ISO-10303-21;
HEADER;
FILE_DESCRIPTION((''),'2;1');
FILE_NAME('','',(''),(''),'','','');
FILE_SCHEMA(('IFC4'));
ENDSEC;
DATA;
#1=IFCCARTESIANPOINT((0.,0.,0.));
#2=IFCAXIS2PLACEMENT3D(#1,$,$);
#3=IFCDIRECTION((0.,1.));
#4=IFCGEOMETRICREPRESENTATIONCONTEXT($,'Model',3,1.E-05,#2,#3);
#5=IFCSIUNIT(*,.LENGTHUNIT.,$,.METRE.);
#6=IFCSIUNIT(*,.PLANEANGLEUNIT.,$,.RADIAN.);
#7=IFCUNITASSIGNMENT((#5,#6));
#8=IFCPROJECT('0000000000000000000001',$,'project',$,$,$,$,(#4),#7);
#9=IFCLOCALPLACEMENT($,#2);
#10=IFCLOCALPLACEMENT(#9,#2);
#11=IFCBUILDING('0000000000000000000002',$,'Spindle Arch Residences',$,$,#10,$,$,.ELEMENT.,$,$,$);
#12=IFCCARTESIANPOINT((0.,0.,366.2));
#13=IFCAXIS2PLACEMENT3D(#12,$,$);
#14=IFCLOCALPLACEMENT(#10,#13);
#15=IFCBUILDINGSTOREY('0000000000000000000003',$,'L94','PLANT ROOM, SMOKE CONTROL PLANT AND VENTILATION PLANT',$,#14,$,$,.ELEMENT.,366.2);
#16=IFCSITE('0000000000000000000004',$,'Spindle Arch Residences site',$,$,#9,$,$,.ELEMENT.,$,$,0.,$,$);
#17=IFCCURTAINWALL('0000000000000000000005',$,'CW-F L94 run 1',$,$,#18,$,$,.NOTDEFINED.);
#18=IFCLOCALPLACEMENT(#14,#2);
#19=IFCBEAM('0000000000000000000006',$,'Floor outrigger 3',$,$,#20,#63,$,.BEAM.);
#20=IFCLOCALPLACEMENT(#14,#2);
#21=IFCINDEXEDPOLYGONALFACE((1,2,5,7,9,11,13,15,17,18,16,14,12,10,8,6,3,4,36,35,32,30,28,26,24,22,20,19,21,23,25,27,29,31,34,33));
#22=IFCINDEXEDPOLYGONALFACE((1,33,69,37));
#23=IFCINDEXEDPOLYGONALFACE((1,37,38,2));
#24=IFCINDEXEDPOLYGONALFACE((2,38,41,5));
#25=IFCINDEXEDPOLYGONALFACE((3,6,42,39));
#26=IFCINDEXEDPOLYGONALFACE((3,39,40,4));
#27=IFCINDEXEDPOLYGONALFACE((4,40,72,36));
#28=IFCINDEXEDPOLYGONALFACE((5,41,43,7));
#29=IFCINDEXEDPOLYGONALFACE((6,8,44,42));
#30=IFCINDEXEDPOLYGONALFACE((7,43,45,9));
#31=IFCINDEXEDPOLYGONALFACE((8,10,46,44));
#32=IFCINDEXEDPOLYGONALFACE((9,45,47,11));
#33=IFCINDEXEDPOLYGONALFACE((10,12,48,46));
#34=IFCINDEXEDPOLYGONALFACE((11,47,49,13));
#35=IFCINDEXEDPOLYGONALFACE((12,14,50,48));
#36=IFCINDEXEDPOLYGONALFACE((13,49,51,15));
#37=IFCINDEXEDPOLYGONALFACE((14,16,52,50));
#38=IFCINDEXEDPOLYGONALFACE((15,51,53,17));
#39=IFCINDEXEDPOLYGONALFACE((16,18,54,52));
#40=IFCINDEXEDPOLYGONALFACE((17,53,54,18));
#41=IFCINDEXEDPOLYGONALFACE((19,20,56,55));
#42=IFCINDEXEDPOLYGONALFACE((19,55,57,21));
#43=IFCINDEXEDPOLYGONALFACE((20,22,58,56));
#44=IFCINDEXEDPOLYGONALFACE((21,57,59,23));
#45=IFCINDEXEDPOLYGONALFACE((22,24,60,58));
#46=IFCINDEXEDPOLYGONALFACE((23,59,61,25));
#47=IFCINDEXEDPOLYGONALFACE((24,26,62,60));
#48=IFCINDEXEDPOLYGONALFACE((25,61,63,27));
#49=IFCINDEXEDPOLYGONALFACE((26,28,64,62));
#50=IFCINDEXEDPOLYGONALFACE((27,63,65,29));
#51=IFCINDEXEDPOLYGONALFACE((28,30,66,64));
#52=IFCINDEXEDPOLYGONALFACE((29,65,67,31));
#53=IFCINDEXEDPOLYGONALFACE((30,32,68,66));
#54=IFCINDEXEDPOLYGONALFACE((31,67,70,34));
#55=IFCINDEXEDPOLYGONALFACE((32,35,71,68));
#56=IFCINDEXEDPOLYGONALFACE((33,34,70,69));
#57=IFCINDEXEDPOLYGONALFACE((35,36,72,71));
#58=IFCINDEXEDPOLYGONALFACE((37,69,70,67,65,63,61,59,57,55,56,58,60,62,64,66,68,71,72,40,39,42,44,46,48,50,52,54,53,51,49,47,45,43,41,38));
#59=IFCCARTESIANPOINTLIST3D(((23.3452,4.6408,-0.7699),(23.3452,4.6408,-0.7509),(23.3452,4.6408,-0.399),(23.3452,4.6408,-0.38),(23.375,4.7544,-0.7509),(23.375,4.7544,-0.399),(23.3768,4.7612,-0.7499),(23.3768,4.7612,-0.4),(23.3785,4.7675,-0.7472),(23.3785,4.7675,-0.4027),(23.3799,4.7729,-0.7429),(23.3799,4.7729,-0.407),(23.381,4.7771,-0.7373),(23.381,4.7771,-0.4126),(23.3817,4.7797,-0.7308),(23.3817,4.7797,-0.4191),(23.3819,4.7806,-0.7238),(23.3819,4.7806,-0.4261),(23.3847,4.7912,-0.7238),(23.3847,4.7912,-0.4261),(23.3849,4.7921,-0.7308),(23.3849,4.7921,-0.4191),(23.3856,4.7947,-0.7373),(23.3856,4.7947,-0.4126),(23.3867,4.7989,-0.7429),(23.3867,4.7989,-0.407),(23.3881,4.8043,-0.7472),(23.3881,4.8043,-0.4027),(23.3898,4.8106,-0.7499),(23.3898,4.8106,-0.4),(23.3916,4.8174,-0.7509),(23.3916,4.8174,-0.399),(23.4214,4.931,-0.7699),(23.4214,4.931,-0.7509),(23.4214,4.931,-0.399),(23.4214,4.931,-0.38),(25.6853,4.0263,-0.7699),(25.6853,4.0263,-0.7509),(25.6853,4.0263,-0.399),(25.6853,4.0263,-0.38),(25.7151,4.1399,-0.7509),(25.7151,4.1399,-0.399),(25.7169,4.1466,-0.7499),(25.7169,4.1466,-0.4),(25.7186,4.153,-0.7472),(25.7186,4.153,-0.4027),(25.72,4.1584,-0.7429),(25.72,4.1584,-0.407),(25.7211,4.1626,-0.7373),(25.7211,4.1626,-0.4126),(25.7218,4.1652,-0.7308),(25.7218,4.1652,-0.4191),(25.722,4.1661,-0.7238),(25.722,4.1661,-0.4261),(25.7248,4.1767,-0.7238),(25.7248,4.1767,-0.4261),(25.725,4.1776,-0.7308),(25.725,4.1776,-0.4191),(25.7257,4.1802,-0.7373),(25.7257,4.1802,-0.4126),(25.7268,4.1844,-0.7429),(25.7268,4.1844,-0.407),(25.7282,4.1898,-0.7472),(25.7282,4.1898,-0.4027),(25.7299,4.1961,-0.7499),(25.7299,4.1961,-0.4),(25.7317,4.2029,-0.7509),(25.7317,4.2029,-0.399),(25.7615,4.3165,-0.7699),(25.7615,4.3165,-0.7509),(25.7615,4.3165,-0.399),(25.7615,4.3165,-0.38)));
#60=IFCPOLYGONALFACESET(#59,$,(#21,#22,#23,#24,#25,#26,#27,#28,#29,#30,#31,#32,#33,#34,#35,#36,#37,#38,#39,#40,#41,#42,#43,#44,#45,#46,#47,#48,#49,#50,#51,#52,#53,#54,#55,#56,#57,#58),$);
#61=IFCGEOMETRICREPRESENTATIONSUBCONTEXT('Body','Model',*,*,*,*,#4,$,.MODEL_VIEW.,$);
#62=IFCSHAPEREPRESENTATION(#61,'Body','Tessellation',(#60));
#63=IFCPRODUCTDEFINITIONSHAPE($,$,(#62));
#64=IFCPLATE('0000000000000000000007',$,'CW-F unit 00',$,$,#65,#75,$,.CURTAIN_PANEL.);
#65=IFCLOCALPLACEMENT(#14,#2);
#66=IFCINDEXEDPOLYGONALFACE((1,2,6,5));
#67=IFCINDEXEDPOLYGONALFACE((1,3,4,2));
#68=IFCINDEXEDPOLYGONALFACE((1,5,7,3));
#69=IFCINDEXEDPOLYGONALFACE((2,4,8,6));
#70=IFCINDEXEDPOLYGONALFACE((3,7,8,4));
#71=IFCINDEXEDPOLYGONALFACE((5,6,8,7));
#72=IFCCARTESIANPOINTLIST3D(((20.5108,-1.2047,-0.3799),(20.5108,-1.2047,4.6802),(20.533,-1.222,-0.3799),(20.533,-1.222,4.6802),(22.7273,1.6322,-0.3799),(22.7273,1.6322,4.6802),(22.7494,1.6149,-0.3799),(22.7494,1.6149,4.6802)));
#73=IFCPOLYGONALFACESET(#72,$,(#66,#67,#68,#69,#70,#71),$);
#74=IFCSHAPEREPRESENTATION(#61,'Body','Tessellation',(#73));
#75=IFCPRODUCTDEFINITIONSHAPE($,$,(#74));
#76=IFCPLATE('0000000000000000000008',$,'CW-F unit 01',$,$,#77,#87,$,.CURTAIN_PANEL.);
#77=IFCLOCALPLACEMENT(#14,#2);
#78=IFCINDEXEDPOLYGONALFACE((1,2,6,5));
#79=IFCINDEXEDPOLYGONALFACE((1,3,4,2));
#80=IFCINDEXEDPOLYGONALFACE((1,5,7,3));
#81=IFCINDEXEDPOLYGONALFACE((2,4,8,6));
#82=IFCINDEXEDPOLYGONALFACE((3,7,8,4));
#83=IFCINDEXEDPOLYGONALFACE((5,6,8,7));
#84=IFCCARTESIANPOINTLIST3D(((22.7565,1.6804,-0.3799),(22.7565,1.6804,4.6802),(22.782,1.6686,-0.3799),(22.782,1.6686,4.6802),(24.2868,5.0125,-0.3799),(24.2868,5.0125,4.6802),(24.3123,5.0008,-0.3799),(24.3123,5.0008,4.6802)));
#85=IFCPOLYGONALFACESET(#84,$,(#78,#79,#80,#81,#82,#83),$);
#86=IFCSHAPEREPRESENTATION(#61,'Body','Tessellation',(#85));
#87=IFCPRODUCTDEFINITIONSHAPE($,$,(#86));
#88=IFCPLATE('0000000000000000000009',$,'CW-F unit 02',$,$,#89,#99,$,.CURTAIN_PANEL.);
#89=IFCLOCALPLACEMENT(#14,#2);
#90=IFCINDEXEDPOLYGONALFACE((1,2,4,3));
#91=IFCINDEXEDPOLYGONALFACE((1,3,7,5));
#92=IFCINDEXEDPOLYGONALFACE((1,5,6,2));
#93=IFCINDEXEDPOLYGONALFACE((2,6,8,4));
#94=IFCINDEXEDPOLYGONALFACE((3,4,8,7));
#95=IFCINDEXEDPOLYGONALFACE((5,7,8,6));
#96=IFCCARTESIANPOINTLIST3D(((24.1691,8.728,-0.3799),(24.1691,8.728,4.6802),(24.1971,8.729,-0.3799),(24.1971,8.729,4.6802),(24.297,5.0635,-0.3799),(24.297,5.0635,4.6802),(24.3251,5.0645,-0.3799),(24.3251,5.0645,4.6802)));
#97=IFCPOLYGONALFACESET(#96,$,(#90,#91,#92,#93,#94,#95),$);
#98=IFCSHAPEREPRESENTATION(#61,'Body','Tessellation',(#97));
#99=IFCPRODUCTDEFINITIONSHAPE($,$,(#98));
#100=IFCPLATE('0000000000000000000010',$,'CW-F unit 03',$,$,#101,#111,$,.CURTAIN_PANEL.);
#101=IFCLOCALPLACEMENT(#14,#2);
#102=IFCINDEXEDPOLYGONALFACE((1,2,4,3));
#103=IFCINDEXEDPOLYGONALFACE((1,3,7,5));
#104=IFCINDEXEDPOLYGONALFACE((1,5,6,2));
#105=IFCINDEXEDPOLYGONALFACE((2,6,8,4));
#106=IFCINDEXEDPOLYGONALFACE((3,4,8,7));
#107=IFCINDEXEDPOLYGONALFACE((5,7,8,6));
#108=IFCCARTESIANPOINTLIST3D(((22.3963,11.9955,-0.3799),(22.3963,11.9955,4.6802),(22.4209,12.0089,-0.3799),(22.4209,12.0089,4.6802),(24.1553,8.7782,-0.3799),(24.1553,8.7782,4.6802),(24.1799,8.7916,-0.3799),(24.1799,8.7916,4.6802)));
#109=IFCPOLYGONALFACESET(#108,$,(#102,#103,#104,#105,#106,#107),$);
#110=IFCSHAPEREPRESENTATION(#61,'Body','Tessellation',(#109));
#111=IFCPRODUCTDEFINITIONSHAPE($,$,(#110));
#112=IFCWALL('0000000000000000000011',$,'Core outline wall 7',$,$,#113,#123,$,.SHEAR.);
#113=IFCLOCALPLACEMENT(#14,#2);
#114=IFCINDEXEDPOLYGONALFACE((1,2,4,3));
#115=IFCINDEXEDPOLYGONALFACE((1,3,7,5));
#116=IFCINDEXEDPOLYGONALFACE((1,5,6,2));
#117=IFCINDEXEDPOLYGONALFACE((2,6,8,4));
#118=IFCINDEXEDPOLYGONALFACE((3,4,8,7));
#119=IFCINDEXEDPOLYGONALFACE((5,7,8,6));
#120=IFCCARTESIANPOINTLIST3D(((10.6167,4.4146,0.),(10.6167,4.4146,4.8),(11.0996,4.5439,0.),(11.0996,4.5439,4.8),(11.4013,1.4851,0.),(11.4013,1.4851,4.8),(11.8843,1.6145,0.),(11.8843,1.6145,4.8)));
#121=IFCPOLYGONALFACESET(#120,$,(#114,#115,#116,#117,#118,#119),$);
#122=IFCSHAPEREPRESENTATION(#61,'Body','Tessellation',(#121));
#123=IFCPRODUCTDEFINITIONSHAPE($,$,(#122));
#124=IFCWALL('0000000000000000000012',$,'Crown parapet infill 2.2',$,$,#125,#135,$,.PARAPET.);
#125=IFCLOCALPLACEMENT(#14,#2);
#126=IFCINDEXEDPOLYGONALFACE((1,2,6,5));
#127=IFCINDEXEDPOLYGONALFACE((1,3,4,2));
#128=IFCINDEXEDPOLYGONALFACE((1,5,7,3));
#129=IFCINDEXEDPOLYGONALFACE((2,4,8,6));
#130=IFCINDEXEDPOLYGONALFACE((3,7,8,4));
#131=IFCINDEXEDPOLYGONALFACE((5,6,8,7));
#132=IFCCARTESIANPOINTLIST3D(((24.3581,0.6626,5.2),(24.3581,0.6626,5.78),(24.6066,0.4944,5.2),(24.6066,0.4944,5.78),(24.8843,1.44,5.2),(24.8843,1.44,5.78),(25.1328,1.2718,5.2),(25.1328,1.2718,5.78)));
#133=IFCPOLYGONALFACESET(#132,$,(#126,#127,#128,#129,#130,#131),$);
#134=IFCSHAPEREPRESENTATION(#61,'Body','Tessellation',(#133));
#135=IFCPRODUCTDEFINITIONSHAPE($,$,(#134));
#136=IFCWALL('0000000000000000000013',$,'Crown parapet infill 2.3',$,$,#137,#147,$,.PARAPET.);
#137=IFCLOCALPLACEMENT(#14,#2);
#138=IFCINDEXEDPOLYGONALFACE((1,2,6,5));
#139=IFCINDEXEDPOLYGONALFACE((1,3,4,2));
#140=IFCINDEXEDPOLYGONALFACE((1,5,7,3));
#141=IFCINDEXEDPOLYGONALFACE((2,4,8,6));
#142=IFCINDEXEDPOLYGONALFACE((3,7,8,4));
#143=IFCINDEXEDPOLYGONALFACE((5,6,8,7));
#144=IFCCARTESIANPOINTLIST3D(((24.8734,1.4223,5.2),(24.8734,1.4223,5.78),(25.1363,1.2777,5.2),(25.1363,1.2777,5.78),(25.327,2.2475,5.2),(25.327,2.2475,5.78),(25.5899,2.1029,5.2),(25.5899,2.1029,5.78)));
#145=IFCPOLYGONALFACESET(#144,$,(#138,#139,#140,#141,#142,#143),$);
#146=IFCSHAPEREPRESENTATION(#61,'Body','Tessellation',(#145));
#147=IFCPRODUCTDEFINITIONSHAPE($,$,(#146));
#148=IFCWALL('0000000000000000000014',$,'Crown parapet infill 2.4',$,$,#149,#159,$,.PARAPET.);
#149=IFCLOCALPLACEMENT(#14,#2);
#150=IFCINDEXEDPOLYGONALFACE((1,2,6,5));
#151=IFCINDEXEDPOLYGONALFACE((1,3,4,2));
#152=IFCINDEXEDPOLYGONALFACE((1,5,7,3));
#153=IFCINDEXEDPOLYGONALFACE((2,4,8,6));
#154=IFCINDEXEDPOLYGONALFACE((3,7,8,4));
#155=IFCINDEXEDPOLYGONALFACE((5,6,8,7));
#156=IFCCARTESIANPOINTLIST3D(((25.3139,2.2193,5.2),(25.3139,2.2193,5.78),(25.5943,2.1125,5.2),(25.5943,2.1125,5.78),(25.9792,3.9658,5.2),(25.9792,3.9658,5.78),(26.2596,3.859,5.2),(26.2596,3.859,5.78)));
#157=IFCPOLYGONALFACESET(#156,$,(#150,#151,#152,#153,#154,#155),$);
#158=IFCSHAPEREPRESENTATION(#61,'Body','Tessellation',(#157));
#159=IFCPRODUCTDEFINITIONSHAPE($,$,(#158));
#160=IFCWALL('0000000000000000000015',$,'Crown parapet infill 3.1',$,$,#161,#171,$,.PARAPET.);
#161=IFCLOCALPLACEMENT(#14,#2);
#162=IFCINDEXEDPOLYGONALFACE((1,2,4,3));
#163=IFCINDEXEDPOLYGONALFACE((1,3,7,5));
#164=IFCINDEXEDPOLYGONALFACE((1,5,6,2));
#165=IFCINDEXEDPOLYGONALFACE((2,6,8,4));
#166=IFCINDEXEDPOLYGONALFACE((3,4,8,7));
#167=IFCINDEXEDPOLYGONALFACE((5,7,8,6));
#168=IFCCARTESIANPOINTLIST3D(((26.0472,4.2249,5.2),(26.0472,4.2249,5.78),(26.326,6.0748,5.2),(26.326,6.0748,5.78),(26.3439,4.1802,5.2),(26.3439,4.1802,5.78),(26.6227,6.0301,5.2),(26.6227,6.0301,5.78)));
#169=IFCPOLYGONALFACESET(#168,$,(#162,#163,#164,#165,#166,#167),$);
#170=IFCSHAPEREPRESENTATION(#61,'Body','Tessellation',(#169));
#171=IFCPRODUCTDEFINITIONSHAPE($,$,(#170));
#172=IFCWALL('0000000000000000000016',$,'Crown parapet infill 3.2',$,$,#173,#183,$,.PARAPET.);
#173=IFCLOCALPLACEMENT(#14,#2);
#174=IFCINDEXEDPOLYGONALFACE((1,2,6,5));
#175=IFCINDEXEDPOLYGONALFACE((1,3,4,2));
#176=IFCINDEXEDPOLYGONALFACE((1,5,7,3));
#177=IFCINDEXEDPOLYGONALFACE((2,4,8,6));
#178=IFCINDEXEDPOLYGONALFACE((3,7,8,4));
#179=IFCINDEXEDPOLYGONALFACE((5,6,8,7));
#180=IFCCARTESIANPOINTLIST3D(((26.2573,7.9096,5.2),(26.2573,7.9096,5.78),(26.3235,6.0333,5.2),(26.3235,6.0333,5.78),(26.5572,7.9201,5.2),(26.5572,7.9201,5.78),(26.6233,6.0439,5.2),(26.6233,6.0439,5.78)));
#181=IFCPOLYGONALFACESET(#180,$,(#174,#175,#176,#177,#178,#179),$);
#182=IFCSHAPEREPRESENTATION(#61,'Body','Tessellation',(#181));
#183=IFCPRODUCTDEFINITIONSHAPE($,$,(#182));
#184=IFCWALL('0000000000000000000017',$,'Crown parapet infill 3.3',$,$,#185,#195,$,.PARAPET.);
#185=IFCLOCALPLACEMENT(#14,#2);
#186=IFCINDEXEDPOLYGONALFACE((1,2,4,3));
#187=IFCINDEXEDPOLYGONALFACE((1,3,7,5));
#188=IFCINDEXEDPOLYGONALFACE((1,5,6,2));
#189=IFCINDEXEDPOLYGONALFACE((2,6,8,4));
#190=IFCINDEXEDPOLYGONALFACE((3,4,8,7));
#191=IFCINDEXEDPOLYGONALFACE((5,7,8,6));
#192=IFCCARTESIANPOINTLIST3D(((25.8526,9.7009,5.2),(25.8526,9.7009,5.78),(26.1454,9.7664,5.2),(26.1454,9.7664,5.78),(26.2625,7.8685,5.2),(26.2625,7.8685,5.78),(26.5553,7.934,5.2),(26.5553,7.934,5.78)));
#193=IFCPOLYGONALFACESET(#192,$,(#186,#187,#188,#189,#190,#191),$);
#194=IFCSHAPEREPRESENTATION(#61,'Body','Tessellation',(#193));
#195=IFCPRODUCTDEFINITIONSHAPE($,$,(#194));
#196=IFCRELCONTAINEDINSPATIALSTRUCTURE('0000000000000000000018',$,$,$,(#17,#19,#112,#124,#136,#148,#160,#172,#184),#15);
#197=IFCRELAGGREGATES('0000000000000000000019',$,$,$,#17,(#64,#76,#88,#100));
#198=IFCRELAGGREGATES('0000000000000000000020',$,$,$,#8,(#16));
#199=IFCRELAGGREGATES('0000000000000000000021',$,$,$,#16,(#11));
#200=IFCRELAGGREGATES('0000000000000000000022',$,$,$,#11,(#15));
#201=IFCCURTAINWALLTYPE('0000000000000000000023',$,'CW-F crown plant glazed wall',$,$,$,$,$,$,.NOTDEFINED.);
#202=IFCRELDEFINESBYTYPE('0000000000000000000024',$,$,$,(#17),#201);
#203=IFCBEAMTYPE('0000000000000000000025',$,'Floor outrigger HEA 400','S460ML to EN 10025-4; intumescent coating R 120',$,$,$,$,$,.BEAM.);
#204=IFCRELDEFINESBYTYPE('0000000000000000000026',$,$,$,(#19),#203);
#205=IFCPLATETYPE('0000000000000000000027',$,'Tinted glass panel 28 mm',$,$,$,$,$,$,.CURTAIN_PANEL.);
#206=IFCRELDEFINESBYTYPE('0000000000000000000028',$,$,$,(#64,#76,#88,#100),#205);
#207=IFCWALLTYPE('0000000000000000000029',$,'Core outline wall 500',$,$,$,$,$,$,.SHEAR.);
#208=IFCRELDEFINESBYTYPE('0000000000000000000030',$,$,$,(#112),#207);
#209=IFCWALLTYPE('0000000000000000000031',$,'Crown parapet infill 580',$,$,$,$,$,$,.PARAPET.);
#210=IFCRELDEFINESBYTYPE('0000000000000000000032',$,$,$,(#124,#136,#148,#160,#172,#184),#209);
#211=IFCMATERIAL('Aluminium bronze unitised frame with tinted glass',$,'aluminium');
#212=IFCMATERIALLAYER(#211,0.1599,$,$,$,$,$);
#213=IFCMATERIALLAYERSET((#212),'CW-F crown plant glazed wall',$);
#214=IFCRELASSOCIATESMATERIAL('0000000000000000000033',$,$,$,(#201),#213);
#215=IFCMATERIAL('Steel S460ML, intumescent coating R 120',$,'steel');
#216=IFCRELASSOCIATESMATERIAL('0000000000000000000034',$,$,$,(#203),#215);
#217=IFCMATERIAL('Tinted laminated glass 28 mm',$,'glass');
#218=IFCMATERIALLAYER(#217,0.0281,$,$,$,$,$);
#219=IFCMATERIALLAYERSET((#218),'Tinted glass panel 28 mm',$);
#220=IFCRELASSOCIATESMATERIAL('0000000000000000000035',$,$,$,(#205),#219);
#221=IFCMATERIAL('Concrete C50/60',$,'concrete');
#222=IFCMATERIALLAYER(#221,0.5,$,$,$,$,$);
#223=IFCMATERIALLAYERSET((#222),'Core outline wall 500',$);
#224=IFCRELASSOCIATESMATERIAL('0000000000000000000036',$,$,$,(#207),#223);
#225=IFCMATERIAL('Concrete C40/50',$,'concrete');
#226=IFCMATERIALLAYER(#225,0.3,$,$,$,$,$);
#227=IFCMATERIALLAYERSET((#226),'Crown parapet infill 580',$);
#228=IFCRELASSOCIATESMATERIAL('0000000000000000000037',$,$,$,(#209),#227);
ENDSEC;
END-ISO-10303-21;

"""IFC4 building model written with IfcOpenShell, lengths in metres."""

from ifc_helpers import new_model, si_unit, direction, frame, frame_2d, origin, origin_2d, place, context, subcontext, project, spatial, rectangle, i_section, extrude, material, layer, layer_set, material_profile, profile_set, type_object, element, aggregate, save


model = new_model("IFC4")

# Units and contexts
model_context = context("Model", 3, precision=1e-05, world=origin(), true_north=direction((0.0, 1.0)))
body_context = subcontext(model_context, "Body", "Model", "MODEL_VIEW")
ifc_project = project(units=[si_unit("LENGTHUNIT", "METRE"), si_unit("PLANEANGLEUNIT", "RADIAN")], contexts=[model_context])

# Site, building, storey
site_placement = place(None, origin())
site = spatial("IfcSite", under=ifc_project, at=site_placement, Name="Spindle Arch Residences site", CompositionType="ELEMENT", RefElevation=0.0)
building_placement = place(site_placement, origin())
building = spatial("IfcBuilding", under=site, at=building_placement, Name="Spindle Arch Residences", CompositionType="ELEMENT")
storey_placement = place(building_placement, frame((0.0, 0.0, 366.2)))
storey = spatial("IfcBuildingStorey", under=building, at=storey_placement, Name="L94", Description="PLANT ROOM, SMOKE CONTROL PLANT AND VENTILATION PLANT", CompositionType="ELEMENT", Elevation=366.2)

# Curtain wall
ifc_material_1 = material(Name="Aluminium bronze unitised frame with tinted glass", Category="aluminium")
ifc_layer_1 = layer(ifc_material_1, 0.1599)
ifc_layer_set_1 = layer_set([ifc_layer_1], Name="CW-F crown plant glazed wall")
curtain_wall_type = type_object("IfcCurtainWallType", Name="CW-F crown plant glazed wall", PredefinedType="NOTDEFINED", material=ifc_layer_set_1)
curtain_wall_placement = place(storey_placement, origin())
curtain_wall = element("IfcCurtainWall", 1, at=curtain_wall_placement, inside=storey, type_object=curtain_wall_type, Name="CW-F L94 run 1", PredefinedType="NOTDEFINED")

# Beam
ifc_material_2 = material(Name="Steel S460ML, intumescent coating R 120", Category="steel")
ifc_material_profile_1 = material_profile(ifc_material_2, i_section(OverallWidth=0.3, OverallDepth=0.3899, WebThickness=0.011, FlangeThickness=0.019, FilletRadius=0.0271, at=origin_2d()), Name="HEA 400")
ifc_profile_set_1 = profile_set([ifc_material_profile_1], Name="Steel S460ML, intumescent coating R 120")
beam_type_1 = type_object("IfcBeamType", Name="Floor outrigger HEA 400", Description="S460ML to EN 10025-4; intumescent coating R 120", PredefinedType="BEAM", material=ifc_profile_set_1)
beam_1_placement = place(storey_placement, frame((25.7234, 4.1714, -0.575), z_axis=(-0.967208, 0.253987, 0.0), x_axis=(-0.253987, -0.967208, 0.0)))
element("IfcBeam", 2, at=beam_1_placement, inside=storey, type_object=beam_type_1, Name="Floor outrigger 3", PredefinedType="BEAM", context=body_context, shape_type="SweptSolid", body=[
    extrude(i_section(OverallWidth=0.3, OverallDepth=0.3899, WebThickness=0.011, FlangeThickness=0.019, FilletRadius=0.0271, at=origin_2d()), origin(), (0.0, 0.0, 1.0), 2.4194),
])

# Plates
ifc_material_3 = material(Name="Tinted laminated glass 28 mm", Category="glass")
ifc_layer_2 = layer(ifc_material_3, 0.0281)
ifc_layer_set_2 = layer_set([ifc_layer_2], Name="Tinted glass panel 28 mm")
plate_type = type_object("IfcPlateType", Name="Tinted glass panel 28 mm", PredefinedType="CURTAIN_PANEL", material=ifc_layer_set_2)
plate_1_placement = place(storey_placement, frame((21.6301, 0.2051, -0.3799), z_axis=(0.0, 0.0, 1.0), x_axis=(0.615661, 0.788011, 0.0)))
plate_1 = element("IfcPlate", 3, at=plate_1_placement, type_object=plate_type, Name="CW-F unit 00", PredefinedType="CURTAIN_PANEL", context=body_context, shape_type="SweptSolid", body=[
    extrude(rectangle(XDim=3.6001, YDim=0.0281, at=origin_2d()), origin(), (0.0, 0.0, 1.0), 5.0601),
])
plate_2_placement = place(storey_placement, frame((23.5344, 3.3406, -0.3799), z_axis=(0.0, 0.0, 1.0), x_axis=(0.417338, 0.908751, 0.0)))
plate_2 = element("IfcPlate", 4, at=plate_2_placement, type_object=plate_type, Name="CW-F unit 01", PredefinedType="CURTAIN_PANEL", context=body_context, shape_type="SweptSolid", body=[
    extrude(rectangle(XDim=3.6667, YDim=0.0281, at=origin_2d()), origin(), (0.0, 0.0, 1.0), 5.0601),
])
plate_3_placement = place(storey_placement, frame((24.2471, 6.8962, -0.3799), z_axis=(0.0, 0.0, 1.0), x_axis=(-0.034899, 0.999391, 0.0)))
plate_3 = element("IfcPlate", 5, at=plate_3_placement, type_object=plate_type, Name="CW-F unit 02", PredefinedType="CURTAIN_PANEL", context=body_context, shape_type="SweptSolid", body=[
    extrude(rectangle(XDim=3.6667, YDim=0.0281, at=origin_2d()), origin(), (0.0, 0.0, 1.0), 5.0601),
])
plate_4_placement = place(storey_placement, frame((23.2881, 10.3936, -0.3799), z_axis=(0.0, 0.0, 1.0), x_axis=(-0.479713, 0.877425, 0.0)))
plate_4 = element("IfcPlate", 6, at=plate_4_placement, type_object=plate_type, Name="CW-F unit 03", PredefinedType="CURTAIN_PANEL", context=body_context, shape_type="SweptSolid", body=[
    extrude(rectangle(XDim=3.6667, YDim=0.0281, at=origin_2d()), origin(), (0.0, 0.0, 1.0), 5.0601),
])
aggregate(curtain_wall, [plate_1, plate_2, plate_3, plate_4])

# Walls
ifc_material_4 = material(Name="Concrete C50/60", Category="concrete")
ifc_layer_3 = layer(ifc_material_4, 0.5)
ifc_layer_set_3 = layer_set([ifc_layer_3], Name="Core outline wall 500")
wall_type_1 = type_object("IfcWallType", Name="Core outline wall 500", PredefinedType="SHEAR", material=ifc_layer_set_3)
wall_1_placement = place(storey_placement, frame((11.6428, 1.5498, 0.0), z_axis=(0.0, 0.0, 1.0), x_axis=(-0.258735, 0.965948, 0.0)))
element("IfcWall", 7, at=wall_1_placement, inside=storey, type_object=wall_type_1, Name="Core outline wall 7", PredefinedType="SHEAR", context=body_context, shape_type="SweptSolid", body=[
    extrude(rectangle(XDim=3.0327, YDim=0.5, at=frame_2d((1.5164, 0.0))), origin(), (0.0, 0.0, 1.0), 4.8),
])
ifc_material_5 = material(Name="Concrete C40/50", Category="concrete")
ifc_layer_4 = layer(ifc_material_5, 0.3)
ifc_layer_set_4 = layer_set([ifc_layer_4], Name="Crown parapet infill 580")
wall_type_2 = type_object("IfcWallType", Name="Crown parapet infill 580", PredefinedType="PARAPET", material=ifc_layer_set_4)
wall_2_placement = place(storey_placement, frame((24.4824, 0.5786, 5.2), z_axis=(0.0, 0.0, 1.0), x_axis=(0.560509, 0.828148, 0.0)))
element("IfcWall", 8, at=wall_2_placement, inside=storey, type_object=wall_type_2, Name="Crown parapet infill 2.2", PredefinedType="PARAPET", context=body_context, shape_type="SweptSolid", body=[
    extrude(rectangle(XDim=0.9387, YDim=0.3, at=frame_2d((0.4692, 0.0))), origin(), (0.0, 0.0, 1.0), 0.5801),
])
wall_3_placement = place(storey_placement, frame((25.0049, 1.3501, 5.2), z_axis=(0.0, 0.0, 1.0), x_axis=(0.48172, 0.876325, 0.0)))
element("IfcWall", 9, at=wall_3_placement, inside=storey, type_object=wall_type_2, Name="Crown parapet infill 2.3", PredefinedType="PARAPET", context=body_context, shape_type="SweptSolid", body=[
    extrude(rectangle(XDim=0.9417, YDim=0.3, at=frame_2d((0.4707, 0.0))), origin(), (0.0, 0.0, 1.0), 0.5801),
])
wall_4_placement = place(storey_placement, frame((25.4541, 2.1658, 5.2), z_axis=(0.0, 0.0, 1.0), x_axis=(0.355957, 0.934502, 0.0)))
element("IfcWall", 10, at=wall_4_placement, inside=storey, type_object=wall_type_2, Name="Crown parapet infill 2.4", PredefinedType="PARAPET", context=body_context, shape_type="SweptSolid", body=[
    extrude(rectangle(XDim=1.8689, YDim=0.3, at=frame_2d((0.9346, 0.0))), origin(), (0.0, 0.0, 1.0), 0.5801),
])
wall_5_placement = place(storey_placement, frame((26.1956, 4.2024, 5.2), z_axis=(0.0, 0.0, 1.0), x_axis=(0.149036, 0.988832, 0.0)))
element("IfcWall", 11, at=wall_5_placement, inside=storey, type_object=wall_type_2, Name="Crown parapet infill 3.1", PredefinedType="PARAPET", context=body_context, shape_type="SweptSolid", body=[
    extrude(rectangle(XDim=1.8708, YDim=0.3, at=frame_2d((0.9355, 0.0))), origin(), (0.0, 0.0, 1.0), 0.5801),
])
wall_6_placement = place(storey_placement, frame((26.4734, 6.0386, 5.2), z_axis=(0.0, 0.0, 1.0), x_axis=(-0.035242, 0.999379, 0.0)))
element("IfcWall", 12, at=wall_6_placement, inside=storey, type_object=wall_type_2, Name="Crown parapet infill 3.2", PredefinedType="PARAPET", context=body_context, shape_type="SweptSolid", body=[
    extrude(rectangle(XDim=1.8774, YDim=0.3, at=frame_2d((0.9387, 0.0))), origin(), (0.0, 0.0, 1.0), 0.5801),
])
wall_7_placement = place(storey_placement, frame((26.4089, 7.9011, 5.2), z_axis=(0.0, 0.0, 1.0), x_axis=(-0.218293, 0.975883, 0.0)))
element("IfcWall", 13, at=wall_7_placement, inside=storey, type_object=wall_type_2, Name="Crown parapet infill 3.3", PredefinedType="PARAPET", context=body_context, shape_type="SweptSolid", body=[
    extrude(rectangle(XDim=1.8777, YDim=0.3, at=frame_2d((0.939, 0.0))), origin(), (0.0, 0.0, 1.0), 0.5801),
])

save(model, "model.ifc")
